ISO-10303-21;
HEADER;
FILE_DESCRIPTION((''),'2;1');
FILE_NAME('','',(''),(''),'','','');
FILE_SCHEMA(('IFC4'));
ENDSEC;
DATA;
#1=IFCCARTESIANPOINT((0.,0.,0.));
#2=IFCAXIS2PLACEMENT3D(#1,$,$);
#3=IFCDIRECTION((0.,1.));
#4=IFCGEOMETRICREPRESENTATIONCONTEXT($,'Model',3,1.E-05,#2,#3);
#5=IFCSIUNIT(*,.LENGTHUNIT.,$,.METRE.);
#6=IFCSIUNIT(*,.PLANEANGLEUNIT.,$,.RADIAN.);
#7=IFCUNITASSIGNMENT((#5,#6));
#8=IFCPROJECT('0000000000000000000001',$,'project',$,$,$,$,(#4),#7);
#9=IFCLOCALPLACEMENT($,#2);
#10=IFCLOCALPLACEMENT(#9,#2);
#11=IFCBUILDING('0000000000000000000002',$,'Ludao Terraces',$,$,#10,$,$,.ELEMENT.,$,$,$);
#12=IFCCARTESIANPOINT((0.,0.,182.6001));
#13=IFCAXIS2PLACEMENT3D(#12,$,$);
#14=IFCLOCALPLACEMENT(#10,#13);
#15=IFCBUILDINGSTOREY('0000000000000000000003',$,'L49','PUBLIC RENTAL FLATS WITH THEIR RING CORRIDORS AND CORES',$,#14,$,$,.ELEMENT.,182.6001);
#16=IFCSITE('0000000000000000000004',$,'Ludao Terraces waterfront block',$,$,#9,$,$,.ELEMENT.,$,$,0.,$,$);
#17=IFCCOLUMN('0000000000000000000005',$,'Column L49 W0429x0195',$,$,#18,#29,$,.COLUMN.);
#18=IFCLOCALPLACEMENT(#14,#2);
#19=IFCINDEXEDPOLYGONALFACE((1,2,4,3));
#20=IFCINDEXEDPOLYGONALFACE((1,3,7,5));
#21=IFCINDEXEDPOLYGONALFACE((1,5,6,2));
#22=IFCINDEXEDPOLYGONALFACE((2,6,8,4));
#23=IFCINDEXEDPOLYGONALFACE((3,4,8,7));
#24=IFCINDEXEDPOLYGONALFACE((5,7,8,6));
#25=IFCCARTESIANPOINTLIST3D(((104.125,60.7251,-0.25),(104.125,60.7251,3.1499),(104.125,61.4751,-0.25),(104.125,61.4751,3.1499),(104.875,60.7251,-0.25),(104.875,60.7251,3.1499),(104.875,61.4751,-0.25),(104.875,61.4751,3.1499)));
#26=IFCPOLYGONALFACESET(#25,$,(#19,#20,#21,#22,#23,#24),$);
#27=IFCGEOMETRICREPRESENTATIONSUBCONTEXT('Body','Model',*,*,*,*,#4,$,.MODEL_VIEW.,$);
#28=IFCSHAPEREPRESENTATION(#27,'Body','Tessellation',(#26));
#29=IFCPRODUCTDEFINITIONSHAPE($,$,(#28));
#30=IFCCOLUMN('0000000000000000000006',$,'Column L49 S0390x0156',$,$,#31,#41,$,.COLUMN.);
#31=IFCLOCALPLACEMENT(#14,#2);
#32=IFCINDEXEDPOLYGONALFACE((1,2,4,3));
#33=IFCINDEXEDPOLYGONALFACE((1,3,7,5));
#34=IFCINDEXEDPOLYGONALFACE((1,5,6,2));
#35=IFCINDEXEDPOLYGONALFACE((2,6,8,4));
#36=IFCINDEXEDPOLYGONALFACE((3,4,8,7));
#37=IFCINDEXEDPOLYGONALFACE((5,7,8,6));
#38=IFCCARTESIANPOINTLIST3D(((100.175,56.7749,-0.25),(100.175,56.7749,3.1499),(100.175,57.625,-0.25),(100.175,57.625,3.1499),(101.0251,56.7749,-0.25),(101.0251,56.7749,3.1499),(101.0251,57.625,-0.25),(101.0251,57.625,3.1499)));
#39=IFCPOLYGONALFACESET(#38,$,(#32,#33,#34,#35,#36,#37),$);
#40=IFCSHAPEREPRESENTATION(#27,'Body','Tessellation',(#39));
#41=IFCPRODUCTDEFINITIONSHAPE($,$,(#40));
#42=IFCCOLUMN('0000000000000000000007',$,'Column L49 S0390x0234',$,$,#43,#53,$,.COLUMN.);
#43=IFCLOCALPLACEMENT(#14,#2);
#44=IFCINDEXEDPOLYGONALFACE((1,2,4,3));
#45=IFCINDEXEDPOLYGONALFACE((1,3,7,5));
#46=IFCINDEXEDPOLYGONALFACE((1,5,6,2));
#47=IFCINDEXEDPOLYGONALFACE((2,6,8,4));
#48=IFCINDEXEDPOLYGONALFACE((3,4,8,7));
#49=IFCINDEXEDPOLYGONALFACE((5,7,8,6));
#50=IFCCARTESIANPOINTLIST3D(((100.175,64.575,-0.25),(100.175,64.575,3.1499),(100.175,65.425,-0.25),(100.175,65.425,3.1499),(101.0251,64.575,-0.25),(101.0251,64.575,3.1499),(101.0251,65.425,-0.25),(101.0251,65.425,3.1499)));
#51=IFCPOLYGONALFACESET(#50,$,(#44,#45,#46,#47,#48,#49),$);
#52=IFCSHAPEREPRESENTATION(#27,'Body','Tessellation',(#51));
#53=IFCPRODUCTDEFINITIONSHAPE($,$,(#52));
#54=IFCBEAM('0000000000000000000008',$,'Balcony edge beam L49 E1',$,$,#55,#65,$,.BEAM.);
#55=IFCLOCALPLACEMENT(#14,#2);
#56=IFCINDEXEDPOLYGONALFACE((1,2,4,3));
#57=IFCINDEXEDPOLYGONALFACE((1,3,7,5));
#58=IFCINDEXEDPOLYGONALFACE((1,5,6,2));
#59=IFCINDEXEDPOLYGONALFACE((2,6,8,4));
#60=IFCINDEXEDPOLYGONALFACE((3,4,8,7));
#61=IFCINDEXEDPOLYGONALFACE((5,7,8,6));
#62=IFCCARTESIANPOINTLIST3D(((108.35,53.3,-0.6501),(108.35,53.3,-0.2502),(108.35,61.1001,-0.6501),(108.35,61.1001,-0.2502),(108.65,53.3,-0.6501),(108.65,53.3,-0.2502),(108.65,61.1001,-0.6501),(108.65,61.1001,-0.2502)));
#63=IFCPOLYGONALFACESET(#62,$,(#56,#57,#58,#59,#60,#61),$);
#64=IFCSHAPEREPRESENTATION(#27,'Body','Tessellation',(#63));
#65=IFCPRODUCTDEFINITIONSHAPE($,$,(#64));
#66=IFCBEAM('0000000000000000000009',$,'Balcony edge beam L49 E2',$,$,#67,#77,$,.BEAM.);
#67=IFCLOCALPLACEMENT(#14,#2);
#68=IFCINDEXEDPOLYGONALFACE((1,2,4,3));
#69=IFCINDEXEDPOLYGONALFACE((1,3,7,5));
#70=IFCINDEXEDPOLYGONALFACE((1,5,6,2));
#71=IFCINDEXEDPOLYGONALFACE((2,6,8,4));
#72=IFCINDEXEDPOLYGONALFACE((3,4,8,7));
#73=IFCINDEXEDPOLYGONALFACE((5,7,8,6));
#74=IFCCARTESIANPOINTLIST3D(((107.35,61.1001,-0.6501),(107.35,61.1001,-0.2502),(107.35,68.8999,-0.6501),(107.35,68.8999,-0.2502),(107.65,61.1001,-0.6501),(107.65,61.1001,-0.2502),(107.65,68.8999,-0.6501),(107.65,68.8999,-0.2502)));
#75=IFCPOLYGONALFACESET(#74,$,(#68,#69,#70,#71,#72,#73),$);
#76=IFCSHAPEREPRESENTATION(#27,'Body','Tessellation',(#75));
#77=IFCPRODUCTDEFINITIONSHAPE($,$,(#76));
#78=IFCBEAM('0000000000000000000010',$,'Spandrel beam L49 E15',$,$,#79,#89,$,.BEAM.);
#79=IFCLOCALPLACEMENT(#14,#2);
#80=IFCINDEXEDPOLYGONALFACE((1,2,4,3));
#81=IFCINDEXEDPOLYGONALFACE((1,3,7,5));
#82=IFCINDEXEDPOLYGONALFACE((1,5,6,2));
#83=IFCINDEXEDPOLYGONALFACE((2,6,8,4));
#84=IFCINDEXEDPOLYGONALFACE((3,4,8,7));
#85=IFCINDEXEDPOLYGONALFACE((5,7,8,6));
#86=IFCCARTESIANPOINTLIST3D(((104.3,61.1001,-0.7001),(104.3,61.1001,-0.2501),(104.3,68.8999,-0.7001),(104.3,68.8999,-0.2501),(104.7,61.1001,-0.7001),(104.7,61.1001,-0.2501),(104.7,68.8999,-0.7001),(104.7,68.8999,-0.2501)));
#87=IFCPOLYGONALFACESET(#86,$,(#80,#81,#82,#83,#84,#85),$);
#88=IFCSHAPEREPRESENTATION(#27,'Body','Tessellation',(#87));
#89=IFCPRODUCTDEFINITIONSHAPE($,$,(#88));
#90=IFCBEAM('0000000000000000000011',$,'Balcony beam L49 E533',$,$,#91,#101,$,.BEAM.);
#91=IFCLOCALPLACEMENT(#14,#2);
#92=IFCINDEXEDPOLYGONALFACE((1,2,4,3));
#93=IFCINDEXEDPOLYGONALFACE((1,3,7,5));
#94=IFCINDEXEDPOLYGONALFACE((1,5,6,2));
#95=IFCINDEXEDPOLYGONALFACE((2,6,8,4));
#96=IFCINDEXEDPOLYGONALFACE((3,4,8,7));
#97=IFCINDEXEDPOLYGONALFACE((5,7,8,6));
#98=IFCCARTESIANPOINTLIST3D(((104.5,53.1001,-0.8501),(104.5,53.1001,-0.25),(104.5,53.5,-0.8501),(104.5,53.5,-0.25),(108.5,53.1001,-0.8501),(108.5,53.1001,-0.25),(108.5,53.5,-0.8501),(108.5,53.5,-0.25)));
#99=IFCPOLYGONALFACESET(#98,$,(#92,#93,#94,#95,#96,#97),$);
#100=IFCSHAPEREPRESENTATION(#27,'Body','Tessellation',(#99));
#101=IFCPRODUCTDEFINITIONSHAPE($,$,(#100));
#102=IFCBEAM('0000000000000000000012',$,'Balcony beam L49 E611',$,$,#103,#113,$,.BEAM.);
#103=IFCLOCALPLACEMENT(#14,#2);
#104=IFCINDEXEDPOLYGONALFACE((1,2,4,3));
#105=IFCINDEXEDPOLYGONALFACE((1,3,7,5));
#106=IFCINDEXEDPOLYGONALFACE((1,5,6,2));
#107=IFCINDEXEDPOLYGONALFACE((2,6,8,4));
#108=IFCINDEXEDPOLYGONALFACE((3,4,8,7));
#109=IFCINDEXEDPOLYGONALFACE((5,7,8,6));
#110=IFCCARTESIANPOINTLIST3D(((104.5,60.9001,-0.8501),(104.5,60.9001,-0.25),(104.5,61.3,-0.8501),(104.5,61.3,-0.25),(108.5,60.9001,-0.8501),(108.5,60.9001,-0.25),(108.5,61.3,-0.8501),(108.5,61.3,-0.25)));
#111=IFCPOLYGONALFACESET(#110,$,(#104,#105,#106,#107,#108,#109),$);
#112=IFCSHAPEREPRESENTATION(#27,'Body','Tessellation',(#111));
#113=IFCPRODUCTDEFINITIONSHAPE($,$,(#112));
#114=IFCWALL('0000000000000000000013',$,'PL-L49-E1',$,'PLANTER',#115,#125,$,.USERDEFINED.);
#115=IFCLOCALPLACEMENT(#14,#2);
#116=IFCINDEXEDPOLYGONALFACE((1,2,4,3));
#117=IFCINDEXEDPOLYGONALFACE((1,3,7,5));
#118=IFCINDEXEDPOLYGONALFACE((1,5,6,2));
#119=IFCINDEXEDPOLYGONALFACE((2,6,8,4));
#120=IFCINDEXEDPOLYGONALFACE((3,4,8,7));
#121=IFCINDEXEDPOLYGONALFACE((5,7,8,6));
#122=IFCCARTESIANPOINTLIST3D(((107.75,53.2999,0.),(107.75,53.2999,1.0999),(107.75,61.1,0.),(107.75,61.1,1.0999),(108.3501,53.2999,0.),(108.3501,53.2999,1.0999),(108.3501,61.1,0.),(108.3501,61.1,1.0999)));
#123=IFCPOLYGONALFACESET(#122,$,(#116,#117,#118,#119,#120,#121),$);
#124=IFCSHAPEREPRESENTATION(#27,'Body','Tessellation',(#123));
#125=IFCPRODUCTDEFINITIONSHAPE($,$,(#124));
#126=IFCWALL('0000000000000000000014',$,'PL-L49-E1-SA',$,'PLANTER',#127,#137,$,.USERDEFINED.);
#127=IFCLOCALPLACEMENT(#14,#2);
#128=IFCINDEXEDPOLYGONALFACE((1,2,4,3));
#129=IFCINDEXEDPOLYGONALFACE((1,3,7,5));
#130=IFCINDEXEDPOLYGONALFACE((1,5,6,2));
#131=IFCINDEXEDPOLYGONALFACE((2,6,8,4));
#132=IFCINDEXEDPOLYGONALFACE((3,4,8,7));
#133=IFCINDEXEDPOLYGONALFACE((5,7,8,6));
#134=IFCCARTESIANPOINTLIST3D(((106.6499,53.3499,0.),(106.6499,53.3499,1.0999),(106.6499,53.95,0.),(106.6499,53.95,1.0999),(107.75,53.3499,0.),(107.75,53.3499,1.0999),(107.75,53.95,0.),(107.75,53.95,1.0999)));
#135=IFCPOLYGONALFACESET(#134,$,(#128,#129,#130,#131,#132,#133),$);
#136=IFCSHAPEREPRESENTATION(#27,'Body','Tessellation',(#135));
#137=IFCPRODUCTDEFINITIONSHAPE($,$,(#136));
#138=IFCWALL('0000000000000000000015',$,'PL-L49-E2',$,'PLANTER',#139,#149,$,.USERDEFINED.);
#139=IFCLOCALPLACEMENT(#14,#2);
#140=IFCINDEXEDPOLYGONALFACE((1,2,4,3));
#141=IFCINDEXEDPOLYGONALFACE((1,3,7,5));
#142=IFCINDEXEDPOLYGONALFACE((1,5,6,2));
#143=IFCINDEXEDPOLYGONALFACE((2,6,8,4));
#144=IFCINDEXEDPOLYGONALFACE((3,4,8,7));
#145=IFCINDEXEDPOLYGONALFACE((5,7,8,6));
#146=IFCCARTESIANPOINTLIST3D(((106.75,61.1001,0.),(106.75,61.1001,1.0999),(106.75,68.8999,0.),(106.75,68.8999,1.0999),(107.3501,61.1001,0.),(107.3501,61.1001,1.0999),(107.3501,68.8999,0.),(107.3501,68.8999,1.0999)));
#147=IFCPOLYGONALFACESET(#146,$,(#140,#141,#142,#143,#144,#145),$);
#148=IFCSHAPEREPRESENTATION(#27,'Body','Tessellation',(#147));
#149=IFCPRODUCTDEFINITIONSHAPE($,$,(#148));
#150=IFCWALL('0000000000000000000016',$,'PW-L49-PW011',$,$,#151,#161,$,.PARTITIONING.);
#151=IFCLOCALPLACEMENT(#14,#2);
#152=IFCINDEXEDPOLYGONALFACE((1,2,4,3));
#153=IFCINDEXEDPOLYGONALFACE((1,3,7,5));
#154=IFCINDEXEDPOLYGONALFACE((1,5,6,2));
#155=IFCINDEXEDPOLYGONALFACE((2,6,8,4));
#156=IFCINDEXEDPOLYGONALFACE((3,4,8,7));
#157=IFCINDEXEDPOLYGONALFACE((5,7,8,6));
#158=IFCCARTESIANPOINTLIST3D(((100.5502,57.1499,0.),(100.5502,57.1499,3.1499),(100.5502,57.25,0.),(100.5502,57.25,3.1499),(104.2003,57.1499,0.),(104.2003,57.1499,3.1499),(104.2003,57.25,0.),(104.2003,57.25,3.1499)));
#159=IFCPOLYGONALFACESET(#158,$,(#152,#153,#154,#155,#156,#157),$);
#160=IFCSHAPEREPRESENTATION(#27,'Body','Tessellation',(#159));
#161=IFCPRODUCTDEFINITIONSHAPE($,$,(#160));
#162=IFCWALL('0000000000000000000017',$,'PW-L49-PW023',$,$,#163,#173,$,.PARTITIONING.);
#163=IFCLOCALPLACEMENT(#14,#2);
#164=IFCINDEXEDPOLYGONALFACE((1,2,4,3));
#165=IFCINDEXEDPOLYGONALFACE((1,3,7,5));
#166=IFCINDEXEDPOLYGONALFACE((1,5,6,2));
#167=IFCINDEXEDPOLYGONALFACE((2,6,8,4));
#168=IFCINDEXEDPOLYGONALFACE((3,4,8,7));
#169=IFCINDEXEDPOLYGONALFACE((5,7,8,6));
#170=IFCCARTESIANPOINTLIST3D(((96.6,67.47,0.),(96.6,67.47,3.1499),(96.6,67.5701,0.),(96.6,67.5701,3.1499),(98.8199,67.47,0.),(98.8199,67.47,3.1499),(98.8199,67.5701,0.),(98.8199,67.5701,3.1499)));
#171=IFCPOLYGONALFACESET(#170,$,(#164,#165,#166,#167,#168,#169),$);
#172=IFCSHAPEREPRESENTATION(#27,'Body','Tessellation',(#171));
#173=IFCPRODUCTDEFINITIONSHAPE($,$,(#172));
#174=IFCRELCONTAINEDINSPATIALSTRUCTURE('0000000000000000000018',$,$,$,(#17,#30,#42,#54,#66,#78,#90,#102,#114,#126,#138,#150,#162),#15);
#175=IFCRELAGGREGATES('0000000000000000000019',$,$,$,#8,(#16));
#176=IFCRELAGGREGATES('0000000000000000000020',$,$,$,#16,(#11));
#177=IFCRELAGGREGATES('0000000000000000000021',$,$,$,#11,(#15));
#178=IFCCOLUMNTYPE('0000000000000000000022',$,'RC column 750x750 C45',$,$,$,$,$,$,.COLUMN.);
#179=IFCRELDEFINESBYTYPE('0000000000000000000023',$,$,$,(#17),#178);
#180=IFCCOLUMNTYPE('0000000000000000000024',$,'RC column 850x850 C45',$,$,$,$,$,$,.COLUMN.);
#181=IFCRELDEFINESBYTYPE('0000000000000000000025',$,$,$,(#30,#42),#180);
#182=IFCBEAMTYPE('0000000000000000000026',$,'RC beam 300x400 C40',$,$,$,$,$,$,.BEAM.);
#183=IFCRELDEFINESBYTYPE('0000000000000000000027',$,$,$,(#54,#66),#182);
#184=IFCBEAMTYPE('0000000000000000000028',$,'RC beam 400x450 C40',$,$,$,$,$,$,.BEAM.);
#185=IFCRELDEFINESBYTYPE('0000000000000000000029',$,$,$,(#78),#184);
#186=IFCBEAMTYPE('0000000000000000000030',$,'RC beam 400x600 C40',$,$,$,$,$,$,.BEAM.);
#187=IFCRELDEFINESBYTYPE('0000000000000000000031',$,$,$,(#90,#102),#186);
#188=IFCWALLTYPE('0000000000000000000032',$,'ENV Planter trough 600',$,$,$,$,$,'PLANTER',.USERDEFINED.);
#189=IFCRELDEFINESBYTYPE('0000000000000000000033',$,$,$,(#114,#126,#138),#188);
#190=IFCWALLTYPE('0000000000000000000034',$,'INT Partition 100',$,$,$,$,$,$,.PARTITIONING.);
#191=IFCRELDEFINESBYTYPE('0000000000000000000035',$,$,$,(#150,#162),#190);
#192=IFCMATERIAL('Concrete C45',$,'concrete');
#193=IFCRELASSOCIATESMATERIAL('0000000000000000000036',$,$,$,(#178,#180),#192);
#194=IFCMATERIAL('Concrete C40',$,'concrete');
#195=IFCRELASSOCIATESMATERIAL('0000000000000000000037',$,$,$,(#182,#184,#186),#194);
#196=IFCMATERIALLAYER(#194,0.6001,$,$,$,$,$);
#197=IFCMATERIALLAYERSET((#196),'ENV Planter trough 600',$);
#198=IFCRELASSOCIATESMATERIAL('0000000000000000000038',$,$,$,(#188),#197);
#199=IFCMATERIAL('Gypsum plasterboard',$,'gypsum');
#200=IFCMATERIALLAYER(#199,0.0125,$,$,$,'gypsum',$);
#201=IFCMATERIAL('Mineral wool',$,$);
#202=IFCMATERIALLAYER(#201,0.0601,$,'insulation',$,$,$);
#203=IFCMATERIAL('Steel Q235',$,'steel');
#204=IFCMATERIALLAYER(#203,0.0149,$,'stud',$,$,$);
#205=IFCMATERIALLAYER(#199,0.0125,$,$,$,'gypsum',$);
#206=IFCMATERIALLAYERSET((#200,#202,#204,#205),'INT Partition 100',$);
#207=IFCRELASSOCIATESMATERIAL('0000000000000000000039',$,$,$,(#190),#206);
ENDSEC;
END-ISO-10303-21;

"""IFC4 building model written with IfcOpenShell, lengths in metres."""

from ifc_helpers import new_model, si_unit, direction, frame, frame_2d, origin, origin_2d, place, context, subcontext, project, spatial, rectangle, extrude, material, layer, layer_set, material_profile, profile_set, type_object, element, save


model = new_model("IFC4")

# Units and contexts
model_context = context("Model", 3, precision=1e-05, world=origin(), true_north=direction((0.0, 1.0)))
body_context = subcontext(model_context, "Body", "Model", "MODEL_VIEW")
ifc_project = project(units=[si_unit("LENGTHUNIT", "METRE"), si_unit("PLANEANGLEUNIT", "RADIAN")], contexts=[model_context])

# Site, building, storey
site_placement = place(None, origin())
site = spatial("IfcSite", under=ifc_project, at=site_placement, Name="Ludao Terraces waterfront block", CompositionType="ELEMENT", RefElevation=0.0)
building_placement = place(site_placement, origin())
building = spatial("IfcBuilding", under=site, at=building_placement, Name="Ludao Terraces", CompositionType="ELEMENT")
storey_placement = place(building_placement, frame((0.0, 0.0, 182.6001)))
storey = spatial("IfcBuildingStorey", under=building, at=storey_placement, Name="L49", Description="PUBLIC RENTAL FLATS WITH THEIR RING CORRIDORS AND CORES", CompositionType="ELEMENT", Elevation=182.6001)

# Columns
ifc_material_1 = material(Name="Concrete C45", Category="concrete")
ifc_material_profile_1 = material_profile(ifc_material_1, rectangle(XDim=0.75, YDim=0.75, at=origin_2d()), Name="750 X 750")
ifc_profile_set_1 = profile_set([ifc_material_profile_1], Name="Concrete C45")
column_type_1 = type_object("IfcColumnType", Name="RC column 750x750 C45", PredefinedType="COLUMN", material=ifc_profile_set_1)
column_placement = place(storey_placement, frame((104.5, 61.1001, -0.25), z_axis=(0.0, 0.0, 1.0), x_axis=(1.0, 0.0, 0.0)))
element("IfcColumn", 1, at=column_placement, inside=storey, type_object=column_type_1, Name="Column L49 W0429x0195", PredefinedType="COLUMN", context=body_context, shape_type="SweptSolid", body=[
    extrude(rectangle(XDim=0.75, YDim=0.75, at=origin_2d()), origin(), (0.0, 0.0, 1.0), 3.3999),
])
ifc_material_profile_2 = material_profile(ifc_material_1, rectangle(XDim=0.8501, YDim=0.8501, at=origin_2d()), Name="850 X 850")
ifc_profile_set_2 = profile_set([ifc_material_profile_2], Name="Concrete C45")
column_type_2 = type_object("IfcColumnType", Name="RC column 850x850 C45", PredefinedType="COLUMN", material=ifc_profile_set_2)
for number, where, z_axis, x_axis, name in (
    (2, (100.6001, 57.2, -0.25), (0.0, 0.0, 1.0), (1.0, 0.0, 0.0), "Column L49 S0390x0156"),
    (3, (100.6001, 65.0, -0.25), (0.0, 0.0, 1.0), (1.0, 0.0, 0.0), "Column L49 S0390x0234"),
):
    element("IfcColumn", number, at=place(storey_placement, frame(where, z_axis=z_axis, x_axis=x_axis)), inside=storey, type_object=column_type_2, Name=name, PredefinedType="COLUMN", context=body_context, shape_type="SweptSolid", body=[
        extrude(rectangle(XDim=0.8501, YDim=0.8501, at=origin_2d()), origin(), (0.0, 0.0, 1.0), 3.3999),
    ])

# Beams
ifc_material_2 = material(Name="Concrete C40", Category="concrete")
ifc_material_profile_3 = material_profile(ifc_material_2, rectangle(XDim=0.3, YDim=0.3999, at=origin_2d()), Name="300 X 400")
ifc_profile_set_3 = profile_set([ifc_material_profile_3], Name="Concrete C40")
beam_type_1 = type_object("IfcBeamType", Name="RC beam 300x400 C40", PredefinedType="BEAM", material=ifc_profile_set_3)
beam_1_placement = place(storey_placement, frame((108.5, 53.3, -0.4502), z_axis=(0.0, 1.0, 0.0), x_axis=(-1.0, 0.0, 0.0)))
element("IfcBeam", 4, at=beam_1_placement, inside=storey, type_object=beam_type_1, Name="Balcony edge beam L49 E1", PredefinedType="BEAM", context=body_context, shape_type="SweptSolid", body=[
    extrude(rectangle(XDim=0.3, YDim=0.3999, at=origin_2d()), origin(), (0.0, 0.0, 1.0), 7.8),
])
beam_2_placement = place(storey_placement, frame((107.5, 61.1001, -0.4502), z_axis=(0.0, 1.0, 0.0), x_axis=(-1.0, 0.0, 0.0)))
element("IfcBeam", 5, at=beam_2_placement, inside=storey, type_object=beam_type_1, Name="Balcony edge beam L49 E2", PredefinedType="BEAM", context=body_context, shape_type="SweptSolid", body=[
    extrude(rectangle(XDim=0.3, YDim=0.3999, at=origin_2d()), origin(), (0.0, 0.0, 1.0), 7.7998),
])
ifc_material_profile_4 = material_profile(ifc_material_2, rectangle(XDim=0.3999, YDim=0.45, at=origin_2d()), Name="400 X 450")
ifc_profile_set_4 = profile_set([ifc_material_profile_4], Name="Concrete C40")
beam_type_2 = type_object("IfcBeamType", Name="RC beam 400x450 C40", PredefinedType="BEAM", material=ifc_profile_set_4)
beam_3_placement = place(storey_placement, frame((104.5, 61.1001, -0.4751), z_axis=(0.0, 1.0, 0.0), x_axis=(-1.0, 0.0, 0.0)))
element("IfcBeam", 6, at=beam_3_placement, inside=storey, type_object=beam_type_2, Name="Spandrel beam L49 E15", PredefinedType="BEAM", context=body_context, shape_type="SweptSolid", body=[
    extrude(rectangle(XDim=0.3999, YDim=0.45, at=origin_2d()), origin(), (0.0, 0.0, 1.0), 7.7998),
])
ifc_material_profile_5 = material_profile(ifc_material_2, rectangle(XDim=0.3999, YDim=0.6001, at=origin_2d()), Name="400 X 600")
ifc_profile_set_5 = profile_set([ifc_material_profile_5], Name="Concrete C40")
beam_type_3 = type_object("IfcBeamType", Name="RC beam 400x600 C40", PredefinedType="BEAM", material=ifc_profile_set_5)
for number, where, z_axis, x_axis, name in (
    (7, (104.5, 53.3, -0.55), (1.0, 0.0, 0.0), (0.0, 1.0, 0.0), "Balcony beam L49 E533"),
    (8, (104.5, 61.1001, -0.55), (1.0, 0.0, 0.0), (0.0, 1.0, 0.0), "Balcony beam L49 E611"),
):
    element("IfcBeam", number, at=place(storey_placement, frame(where, z_axis=z_axis, x_axis=x_axis)), inside=storey, type_object=beam_type_3, Name=name, PredefinedType="BEAM", context=body_context, shape_type="SweptSolid", body=[
        extrude(rectangle(XDim=0.3999, YDim=0.6001, at=origin_2d()), origin(), (0.0, 0.0, 1.0), 4.0),
    ])

# Walls
ifc_layer_1 = layer(ifc_material_2, 0.6001)
ifc_layer_set_1 = layer_set([ifc_layer_1], Name="ENV Planter trough 600")
wall_type_1 = type_object("IfcWallType", Name="ENV Planter trough 600", ElementType="PLANTER", PredefinedType="USERDEFINED", material=ifc_layer_set_1)
wall_1_placement = place(storey_placement, frame((108.05, 53.3, 0.0), z_axis=(0.0, 0.0, 1.0), x_axis=(0.0, 1.0, 0.0)))
element("IfcWall", 9, at=wall_1_placement, inside=storey, type_object=wall_type_1, Name="PL-L49-E1", ObjectType="PLANTER", PredefinedType="USERDEFINED", context=body_context, shape_type="SweptSolid", body=[
    extrude(rectangle(XDim=7.8, YDim=0.6001, at=frame_2d((3.8999, 0.0))), origin(), (0.0, 0.0, 1.0), 1.0999),
])
wall_2_placement = place(storey_placement, frame((107.75, 53.6499, 0.0), z_axis=(0.0, 0.0, 1.0), x_axis=(-1.0, 0.0, 0.0)))
element("IfcWall", 10, at=wall_2_placement, inside=storey, type_object=wall_type_1, Name="PL-L49-E1-SA", ObjectType="PLANTER", PredefinedType="USERDEFINED", context=body_context, shape_type="SweptSolid", body=[
    extrude(rectangle(XDim=1.1001, YDim=0.6001, at=frame_2d((0.55, 0.0))), origin(), (0.0, 0.0, 1.0), 1.0999),
])
wall_3_placement = place(storey_placement, frame((107.05, 61.1001, 0.0), z_axis=(0.0, 0.0, 1.0), x_axis=(0.0, 1.0, 0.0)))
element("IfcWall", 11, at=wall_3_placement, inside=storey, type_object=wall_type_1, Name="PL-L49-E2", ObjectType="PLANTER", PredefinedType="USERDEFINED", context=body_context, shape_type="SweptSolid", body=[
    extrude(rectangle(XDim=7.7998, YDim=0.6001, at=frame_2d((3.8999, 0.0))), origin(), (0.0, 0.0, 1.0), 1.0999),
])

# Shared definitions
ifc_material_3 = material(Name="Mineral wool")

# Walls
ifc_material_4 = material(Name="Gypsum plasterboard", Category="gypsum")
ifc_layer_2 = layer(ifc_material_4, 0.0125, Category="gypsum")
ifc_layer_3 = layer(ifc_material_3, 0.0601, Name="insulation")
ifc_material_5 = material(Name="Steel Q235", Category="steel")
ifc_layer_4 = layer(ifc_material_5, 0.0149, Name="stud")
ifc_layer_5 = layer(ifc_material_4, 0.0125, Category="gypsum")
ifc_layer_set_2 = layer_set([ifc_layer_2, ifc_layer_3, ifc_layer_4, ifc_layer_5], Name="INT Partition 100")
wall_type_2 = type_object("IfcWallType", Name="INT Partition 100", PredefinedType="PARTITIONING", material=ifc_layer_set_2)
wall_4_placement = place(storey_placement, frame((100.55, 57.2, 0.0), z_axis=(0.0, 0.0, 1.0), x_axis=(1.0, 0.0, 0.0)))
element("IfcWall", 12, at=wall_4_placement, inside=storey, type_object=wall_type_2, Name="PW-L49-PW011", PredefinedType="PARTITIONING", context=body_context, shape_type="SweptSolid", body=[
    extrude(rectangle(XDim=3.6501, YDim=0.1001, at=frame_2d((1.8252, 0.0))), origin(), (0.0, 0.0, 1.0), 3.1499),
])
wall_5_placement = place(storey_placement, frame((96.6001, 67.52, 0.0), z_axis=(0.0, 0.0, 1.0), x_axis=(1.0, 0.0, 0.0)))
element("IfcWall", 13, at=wall_5_placement, inside=storey, type_object=wall_type_2, Name="PW-L49-PW023", PredefinedType="PARTITIONING", context=body_context, shape_type="SweptSolid", body=[
    extrude(rectangle(XDim=2.22, YDim=0.1001, at=frame_2d((1.1099, 0.0))), origin(), (0.0, 0.0, 1.0), 3.1499),
])

save(model, "model.ifc")
